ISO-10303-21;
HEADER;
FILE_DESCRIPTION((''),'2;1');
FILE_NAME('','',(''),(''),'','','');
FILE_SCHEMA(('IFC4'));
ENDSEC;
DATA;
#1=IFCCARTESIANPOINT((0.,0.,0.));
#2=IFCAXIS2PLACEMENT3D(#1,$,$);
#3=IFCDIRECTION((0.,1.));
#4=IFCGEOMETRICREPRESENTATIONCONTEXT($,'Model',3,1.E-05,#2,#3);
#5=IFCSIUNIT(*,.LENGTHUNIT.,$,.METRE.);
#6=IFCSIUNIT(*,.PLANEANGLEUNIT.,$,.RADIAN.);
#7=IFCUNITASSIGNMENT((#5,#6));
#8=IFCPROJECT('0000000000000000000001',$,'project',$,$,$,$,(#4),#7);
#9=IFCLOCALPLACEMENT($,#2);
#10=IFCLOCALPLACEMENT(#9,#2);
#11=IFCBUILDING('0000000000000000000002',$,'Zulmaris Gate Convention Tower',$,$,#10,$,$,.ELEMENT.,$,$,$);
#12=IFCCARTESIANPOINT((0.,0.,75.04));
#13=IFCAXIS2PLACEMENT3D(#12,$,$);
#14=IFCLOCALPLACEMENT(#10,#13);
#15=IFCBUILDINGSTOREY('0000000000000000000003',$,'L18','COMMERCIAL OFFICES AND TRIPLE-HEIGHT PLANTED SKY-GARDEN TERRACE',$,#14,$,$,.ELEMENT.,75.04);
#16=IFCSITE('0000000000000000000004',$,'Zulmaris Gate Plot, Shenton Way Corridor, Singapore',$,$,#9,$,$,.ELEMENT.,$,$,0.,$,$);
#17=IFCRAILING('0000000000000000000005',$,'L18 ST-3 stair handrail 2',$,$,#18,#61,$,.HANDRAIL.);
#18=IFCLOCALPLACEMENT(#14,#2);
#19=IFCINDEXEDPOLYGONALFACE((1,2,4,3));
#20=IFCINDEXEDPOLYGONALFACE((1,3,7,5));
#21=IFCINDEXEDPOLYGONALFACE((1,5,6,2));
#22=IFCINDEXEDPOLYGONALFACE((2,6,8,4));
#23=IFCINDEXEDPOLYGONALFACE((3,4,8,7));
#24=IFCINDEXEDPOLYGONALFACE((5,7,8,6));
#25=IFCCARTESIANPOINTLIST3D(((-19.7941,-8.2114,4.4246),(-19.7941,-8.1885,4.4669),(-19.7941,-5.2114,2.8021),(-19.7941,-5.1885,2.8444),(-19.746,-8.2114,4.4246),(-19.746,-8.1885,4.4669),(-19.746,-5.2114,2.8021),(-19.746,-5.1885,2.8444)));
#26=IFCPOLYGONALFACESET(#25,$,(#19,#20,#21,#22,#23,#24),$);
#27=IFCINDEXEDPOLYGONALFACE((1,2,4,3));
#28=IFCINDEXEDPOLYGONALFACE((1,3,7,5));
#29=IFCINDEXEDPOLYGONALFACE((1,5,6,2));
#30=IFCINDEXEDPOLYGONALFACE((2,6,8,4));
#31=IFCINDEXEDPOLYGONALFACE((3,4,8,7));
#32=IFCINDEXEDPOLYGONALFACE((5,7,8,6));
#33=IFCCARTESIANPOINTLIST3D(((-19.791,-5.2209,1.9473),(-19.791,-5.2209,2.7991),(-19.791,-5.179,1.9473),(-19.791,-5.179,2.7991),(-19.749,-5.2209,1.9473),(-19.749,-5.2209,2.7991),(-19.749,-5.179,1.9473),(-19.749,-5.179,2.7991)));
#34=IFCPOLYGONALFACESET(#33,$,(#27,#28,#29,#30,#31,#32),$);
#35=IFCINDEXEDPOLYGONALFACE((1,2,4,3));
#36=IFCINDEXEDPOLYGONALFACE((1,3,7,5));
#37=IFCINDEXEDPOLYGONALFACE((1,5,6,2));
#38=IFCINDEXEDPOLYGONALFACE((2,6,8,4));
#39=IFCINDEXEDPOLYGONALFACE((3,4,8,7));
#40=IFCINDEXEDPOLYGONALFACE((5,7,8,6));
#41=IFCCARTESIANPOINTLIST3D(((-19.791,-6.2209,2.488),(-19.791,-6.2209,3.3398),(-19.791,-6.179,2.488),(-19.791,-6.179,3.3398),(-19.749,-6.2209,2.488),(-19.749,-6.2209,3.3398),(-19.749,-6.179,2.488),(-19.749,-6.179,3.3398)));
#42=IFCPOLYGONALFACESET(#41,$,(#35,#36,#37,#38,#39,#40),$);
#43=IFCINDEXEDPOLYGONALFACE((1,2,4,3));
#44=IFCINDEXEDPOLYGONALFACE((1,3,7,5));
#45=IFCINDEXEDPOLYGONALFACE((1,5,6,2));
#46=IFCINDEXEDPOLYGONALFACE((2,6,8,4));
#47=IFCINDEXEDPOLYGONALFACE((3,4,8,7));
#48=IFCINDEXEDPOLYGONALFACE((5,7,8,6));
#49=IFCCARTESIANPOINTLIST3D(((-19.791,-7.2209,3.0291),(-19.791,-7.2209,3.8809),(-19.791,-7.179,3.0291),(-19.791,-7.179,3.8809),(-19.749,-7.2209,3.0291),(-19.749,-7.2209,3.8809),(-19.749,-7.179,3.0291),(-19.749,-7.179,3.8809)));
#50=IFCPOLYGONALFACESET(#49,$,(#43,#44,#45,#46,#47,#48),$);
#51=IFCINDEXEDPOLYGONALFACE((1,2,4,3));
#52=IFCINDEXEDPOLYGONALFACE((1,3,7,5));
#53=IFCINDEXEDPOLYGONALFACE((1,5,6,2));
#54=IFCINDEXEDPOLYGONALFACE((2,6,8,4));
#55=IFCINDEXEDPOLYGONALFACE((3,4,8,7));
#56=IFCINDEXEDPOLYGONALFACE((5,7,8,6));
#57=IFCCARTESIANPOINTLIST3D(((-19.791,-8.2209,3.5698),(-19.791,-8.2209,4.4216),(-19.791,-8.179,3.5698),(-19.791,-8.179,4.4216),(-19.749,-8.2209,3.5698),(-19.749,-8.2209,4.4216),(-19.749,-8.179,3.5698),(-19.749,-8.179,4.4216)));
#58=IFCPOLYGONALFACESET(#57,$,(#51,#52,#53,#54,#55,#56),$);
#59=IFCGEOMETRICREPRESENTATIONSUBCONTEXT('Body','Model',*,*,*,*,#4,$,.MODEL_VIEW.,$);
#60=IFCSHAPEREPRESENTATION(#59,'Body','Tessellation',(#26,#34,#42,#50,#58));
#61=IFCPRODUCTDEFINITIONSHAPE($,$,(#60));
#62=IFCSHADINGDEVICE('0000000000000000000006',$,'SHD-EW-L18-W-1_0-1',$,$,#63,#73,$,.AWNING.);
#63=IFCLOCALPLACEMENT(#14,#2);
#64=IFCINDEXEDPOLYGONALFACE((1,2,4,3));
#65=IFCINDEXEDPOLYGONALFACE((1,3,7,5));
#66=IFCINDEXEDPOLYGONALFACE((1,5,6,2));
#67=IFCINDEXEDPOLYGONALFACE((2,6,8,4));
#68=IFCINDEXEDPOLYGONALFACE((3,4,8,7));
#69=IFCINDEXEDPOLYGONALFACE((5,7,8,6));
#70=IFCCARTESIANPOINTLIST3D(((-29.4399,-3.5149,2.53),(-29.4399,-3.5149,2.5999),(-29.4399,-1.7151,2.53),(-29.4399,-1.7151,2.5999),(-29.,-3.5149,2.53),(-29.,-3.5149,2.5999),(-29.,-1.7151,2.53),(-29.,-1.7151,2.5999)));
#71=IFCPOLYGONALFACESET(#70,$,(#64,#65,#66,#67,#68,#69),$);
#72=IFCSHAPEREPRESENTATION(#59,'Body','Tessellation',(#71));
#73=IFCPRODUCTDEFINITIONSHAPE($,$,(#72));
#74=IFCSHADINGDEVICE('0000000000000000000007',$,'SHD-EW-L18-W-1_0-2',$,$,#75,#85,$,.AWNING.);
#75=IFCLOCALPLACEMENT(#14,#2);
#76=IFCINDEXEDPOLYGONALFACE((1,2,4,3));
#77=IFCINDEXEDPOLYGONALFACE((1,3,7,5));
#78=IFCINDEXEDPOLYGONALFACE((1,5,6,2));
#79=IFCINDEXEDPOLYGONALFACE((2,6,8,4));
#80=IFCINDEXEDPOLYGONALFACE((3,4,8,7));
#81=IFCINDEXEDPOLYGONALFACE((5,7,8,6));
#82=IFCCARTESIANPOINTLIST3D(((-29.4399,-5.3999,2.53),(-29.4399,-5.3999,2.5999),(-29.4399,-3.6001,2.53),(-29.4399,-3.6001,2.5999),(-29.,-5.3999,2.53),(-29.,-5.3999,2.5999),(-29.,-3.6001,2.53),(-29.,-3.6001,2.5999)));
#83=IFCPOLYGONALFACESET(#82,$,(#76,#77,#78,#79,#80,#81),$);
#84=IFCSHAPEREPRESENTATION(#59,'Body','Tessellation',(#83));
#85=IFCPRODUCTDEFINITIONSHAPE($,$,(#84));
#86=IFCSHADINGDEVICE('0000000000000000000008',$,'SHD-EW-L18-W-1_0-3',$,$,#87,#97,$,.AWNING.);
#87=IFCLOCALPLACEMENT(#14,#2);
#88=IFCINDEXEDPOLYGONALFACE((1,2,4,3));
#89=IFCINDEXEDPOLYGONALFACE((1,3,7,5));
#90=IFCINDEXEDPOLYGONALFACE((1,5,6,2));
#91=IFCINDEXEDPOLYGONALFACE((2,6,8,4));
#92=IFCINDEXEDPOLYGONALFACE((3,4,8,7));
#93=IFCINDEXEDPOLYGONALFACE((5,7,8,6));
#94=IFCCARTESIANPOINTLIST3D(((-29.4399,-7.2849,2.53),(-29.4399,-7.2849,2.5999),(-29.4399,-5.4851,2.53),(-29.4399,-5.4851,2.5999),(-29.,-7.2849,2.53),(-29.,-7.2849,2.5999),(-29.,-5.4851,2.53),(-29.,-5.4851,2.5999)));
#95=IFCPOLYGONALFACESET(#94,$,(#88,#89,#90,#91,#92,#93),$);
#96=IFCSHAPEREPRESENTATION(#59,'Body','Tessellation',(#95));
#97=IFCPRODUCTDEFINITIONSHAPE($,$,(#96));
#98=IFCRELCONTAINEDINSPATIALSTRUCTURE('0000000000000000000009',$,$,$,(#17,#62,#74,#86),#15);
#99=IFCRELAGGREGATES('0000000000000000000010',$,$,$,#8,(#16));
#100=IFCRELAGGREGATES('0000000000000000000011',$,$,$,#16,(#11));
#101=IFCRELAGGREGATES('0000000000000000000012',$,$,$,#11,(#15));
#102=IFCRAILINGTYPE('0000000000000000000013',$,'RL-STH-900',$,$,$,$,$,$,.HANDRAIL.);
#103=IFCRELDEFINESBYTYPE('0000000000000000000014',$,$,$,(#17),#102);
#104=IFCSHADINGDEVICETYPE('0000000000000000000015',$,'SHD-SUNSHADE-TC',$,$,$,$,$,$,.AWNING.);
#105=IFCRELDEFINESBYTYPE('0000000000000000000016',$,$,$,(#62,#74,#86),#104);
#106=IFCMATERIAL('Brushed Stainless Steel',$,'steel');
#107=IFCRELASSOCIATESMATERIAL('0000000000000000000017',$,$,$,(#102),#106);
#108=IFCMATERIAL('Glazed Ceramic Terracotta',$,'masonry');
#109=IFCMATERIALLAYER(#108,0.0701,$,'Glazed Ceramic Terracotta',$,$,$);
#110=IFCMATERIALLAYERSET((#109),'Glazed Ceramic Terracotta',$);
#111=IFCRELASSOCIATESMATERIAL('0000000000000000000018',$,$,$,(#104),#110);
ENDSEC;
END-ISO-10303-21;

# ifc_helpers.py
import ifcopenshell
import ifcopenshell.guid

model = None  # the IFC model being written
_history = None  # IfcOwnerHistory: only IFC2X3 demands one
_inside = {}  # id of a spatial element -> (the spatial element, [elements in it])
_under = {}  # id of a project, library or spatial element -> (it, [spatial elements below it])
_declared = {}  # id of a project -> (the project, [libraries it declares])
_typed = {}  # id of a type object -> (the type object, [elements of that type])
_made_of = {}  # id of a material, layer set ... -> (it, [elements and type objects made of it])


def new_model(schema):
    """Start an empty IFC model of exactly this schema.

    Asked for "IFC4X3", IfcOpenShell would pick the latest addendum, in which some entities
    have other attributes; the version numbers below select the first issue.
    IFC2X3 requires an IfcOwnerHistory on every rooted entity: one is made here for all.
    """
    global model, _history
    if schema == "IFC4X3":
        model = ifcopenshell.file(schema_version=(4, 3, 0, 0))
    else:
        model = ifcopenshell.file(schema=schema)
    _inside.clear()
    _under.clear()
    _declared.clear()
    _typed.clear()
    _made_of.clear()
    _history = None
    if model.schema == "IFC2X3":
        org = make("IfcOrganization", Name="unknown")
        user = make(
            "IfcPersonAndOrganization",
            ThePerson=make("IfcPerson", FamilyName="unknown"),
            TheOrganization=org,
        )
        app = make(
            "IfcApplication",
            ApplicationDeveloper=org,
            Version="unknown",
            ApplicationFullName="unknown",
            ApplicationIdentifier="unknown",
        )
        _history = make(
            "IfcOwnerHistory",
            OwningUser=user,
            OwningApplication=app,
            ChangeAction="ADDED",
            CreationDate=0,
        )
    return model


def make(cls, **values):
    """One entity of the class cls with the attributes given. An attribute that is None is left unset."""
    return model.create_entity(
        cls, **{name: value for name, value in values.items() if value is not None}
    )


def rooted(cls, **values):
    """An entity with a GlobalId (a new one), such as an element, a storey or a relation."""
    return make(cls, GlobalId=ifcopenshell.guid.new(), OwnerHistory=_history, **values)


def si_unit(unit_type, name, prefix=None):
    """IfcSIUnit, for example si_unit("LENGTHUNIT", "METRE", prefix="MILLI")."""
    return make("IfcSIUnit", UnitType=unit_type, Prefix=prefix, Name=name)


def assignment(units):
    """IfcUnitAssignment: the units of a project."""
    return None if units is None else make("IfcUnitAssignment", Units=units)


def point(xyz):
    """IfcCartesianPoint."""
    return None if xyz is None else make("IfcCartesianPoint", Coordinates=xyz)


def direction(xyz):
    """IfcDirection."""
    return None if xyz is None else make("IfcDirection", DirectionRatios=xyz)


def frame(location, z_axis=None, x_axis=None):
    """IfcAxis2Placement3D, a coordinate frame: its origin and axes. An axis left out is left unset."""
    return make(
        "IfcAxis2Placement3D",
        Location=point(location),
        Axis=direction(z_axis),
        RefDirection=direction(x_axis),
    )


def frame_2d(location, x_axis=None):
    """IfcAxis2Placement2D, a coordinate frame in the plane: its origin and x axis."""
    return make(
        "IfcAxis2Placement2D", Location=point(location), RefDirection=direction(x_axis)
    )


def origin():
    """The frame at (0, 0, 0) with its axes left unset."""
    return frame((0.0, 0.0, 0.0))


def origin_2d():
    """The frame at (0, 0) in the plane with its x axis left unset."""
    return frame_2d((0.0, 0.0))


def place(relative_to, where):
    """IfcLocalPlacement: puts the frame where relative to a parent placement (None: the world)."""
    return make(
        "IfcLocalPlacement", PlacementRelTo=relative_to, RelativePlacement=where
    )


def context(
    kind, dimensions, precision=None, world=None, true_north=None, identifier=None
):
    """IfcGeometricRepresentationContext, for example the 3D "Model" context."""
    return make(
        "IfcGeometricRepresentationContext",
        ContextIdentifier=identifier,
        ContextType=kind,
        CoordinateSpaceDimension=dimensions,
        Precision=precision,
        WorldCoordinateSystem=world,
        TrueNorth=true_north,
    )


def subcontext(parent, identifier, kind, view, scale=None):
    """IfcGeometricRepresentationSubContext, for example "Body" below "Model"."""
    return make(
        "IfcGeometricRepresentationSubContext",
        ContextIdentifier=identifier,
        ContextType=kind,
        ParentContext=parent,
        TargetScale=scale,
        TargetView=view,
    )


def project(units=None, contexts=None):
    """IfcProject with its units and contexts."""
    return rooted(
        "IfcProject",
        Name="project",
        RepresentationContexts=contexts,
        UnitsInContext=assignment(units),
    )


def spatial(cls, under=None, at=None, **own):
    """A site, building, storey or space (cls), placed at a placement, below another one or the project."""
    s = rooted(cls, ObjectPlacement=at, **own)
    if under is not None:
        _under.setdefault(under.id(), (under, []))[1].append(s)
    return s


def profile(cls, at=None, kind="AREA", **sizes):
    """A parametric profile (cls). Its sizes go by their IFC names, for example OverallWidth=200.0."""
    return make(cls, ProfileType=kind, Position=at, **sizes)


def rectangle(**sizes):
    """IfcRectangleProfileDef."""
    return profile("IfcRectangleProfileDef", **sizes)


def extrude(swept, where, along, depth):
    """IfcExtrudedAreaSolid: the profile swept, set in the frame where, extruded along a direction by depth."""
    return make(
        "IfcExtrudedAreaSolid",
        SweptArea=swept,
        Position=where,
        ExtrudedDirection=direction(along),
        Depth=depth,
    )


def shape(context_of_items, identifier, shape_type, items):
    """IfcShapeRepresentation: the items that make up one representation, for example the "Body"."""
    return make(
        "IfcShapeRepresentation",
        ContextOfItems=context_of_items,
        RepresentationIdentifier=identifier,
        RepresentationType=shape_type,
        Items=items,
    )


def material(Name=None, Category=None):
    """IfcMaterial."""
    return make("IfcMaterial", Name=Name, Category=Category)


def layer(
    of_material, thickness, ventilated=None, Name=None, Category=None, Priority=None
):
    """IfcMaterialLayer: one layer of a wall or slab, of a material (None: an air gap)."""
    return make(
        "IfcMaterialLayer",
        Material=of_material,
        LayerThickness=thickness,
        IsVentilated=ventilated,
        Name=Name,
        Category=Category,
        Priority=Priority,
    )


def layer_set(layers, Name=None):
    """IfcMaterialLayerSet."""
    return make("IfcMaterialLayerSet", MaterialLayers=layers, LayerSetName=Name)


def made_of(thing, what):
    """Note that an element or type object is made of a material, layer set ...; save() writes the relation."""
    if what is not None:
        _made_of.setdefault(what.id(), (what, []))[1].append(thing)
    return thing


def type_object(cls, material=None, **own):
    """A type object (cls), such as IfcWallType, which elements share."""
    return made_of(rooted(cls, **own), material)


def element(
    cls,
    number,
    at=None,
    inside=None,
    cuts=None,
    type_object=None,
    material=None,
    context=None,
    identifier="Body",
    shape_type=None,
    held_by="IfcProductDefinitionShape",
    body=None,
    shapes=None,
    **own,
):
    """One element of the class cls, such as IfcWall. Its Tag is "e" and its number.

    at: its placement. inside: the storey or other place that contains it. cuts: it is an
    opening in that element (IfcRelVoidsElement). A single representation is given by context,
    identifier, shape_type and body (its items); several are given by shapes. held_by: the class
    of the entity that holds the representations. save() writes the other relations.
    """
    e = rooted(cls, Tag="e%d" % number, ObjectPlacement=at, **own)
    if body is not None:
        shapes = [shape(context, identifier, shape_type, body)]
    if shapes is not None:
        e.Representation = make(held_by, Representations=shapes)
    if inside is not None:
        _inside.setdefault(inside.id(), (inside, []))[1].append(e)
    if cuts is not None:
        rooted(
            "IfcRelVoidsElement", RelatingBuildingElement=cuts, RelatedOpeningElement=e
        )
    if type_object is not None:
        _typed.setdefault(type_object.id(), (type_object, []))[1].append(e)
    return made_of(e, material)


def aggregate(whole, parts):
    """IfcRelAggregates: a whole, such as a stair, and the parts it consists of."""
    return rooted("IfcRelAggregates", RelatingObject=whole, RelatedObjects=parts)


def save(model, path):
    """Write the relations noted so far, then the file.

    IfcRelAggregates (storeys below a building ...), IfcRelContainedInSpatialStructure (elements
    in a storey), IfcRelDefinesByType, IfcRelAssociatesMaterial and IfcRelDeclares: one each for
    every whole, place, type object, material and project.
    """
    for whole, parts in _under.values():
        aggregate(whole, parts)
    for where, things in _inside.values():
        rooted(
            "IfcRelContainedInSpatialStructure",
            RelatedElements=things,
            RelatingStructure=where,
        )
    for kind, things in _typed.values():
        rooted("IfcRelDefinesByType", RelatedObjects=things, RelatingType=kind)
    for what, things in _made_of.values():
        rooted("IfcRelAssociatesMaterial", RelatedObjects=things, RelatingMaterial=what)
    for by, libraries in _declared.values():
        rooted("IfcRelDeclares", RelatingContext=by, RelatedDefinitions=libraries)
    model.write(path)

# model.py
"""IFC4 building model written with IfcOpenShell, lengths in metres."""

from ifc_helpers import new_model, si_unit, direction, frame, frame_2d, origin, origin_2d, place, context, subcontext, project, spatial, rectangle, extrude, material, layer, layer_set, type_object, element, save


model = new_model("IFC4")

# Units and contexts
model_context = context("Model", 3, precision=1e-05, world=origin(), true_north=direction((0.0, 1.0)))
body_context = subcontext(model_context, "Body", "Model", "MODEL_VIEW")
ifc_project = project(units=[si_unit("LENGTHUNIT", "METRE"), si_unit("PLANEANGLEUNIT", "RADIAN")], contexts=[model_context])

# Site, building, storey
site_placement = place(None, origin())
site = spatial("IfcSite", under=ifc_project, at=site_placement, Name="Zulmaris Gate Plot, Shenton Way Corridor, Singapore", CompositionType="ELEMENT", RefElevation=0.0)
building_placement = place(site_placement, origin())
building = spatial("IfcBuilding", under=site, at=building_placement, Name="Zulmaris Gate Convention Tower", CompositionType="ELEMENT")
storey_placement = place(building_placement, frame((0.0, 0.0, 75.04)))
storey = spatial("IfcBuildingStorey", under=building, at=storey_placement, Name="L18", Description="COMMERCIAL OFFICES AND TRIPLE-HEIGHT PLANTED SKY-GARDEN TERRACE", CompositionType="ELEMENT", Elevation=75.04)

# Shared definitions
ifc_material_1 = material(Name="Brushed Stainless Steel", Category="steel")

# Railing
railing_type_1 = type_object("IfcRailingType", Name="RL-STH-900", PredefinedType="HANDRAIL", material=ifc_material_1)
railing_1_placement = place(storey_placement, frame((-19.77, -5.2, 1.9473)))
element("IfcRailing", 1, at=railing_1_placement, inside=storey, type_object=railing_type_1, Name="L18 ST-3 stair handrail 2", PredefinedType="HANDRAIL", context=body_context, shape_type="SweptSolid", body=[
    extrude(rectangle(XDim=0.0481, YDim=0.0481, at=origin_2d()), frame((0.0, 0.0, 0.876), z_axis=(0.0, -0.879592, 0.47573), x_axis=(1.0, 0.0, 0.0)), (0.0, 0.0, 1.0), 3.4106),
    extrude(rectangle(XDim=0.042, YDim=0.042, at=origin_2d()), origin(), (0.0, 0.0, 1.0), 0.8518),
    extrude(rectangle(XDim=0.042, YDim=0.042, at=origin_2d()), frame((0.0, -1.0, 0.5408)), (0.0, 0.0, 1.0), 0.8518),
    extrude(rectangle(XDim=0.042, YDim=0.042, at=origin_2d()), frame((0.0, -2.0, 1.0818)), (0.0, 0.0, 1.0), 0.8518),
    extrude(rectangle(XDim=0.042, YDim=0.042, at=origin_2d()), frame((0.0, -3.0, 1.6226)), (0.0, 0.0, 1.0), 0.8518),
])

# Shading devices
ifc_material_2 = material(Name="Glazed Ceramic Terracotta", Category="masonry")
ifc_layer_1 = layer(ifc_material_2, 0.0701, Name="Glazed Ceramic Terracotta")
ifc_layer_set_1 = layer_set([ifc_layer_1], Name="Glazed Ceramic Terracotta")
shading_device_type = type_object("IfcShadingDeviceType", Name="SHD-SUNSHADE-TC", PredefinedType="AWNING", material=ifc_layer_set_1)
for number, where, z_axis, x_axis, name in (
    (2, (-29.22, -1.7151, 2.53), (0.0, 0.0, 1.0), (0.0, -1.0, 0.0), "SHD-EW-L18-W-1_0-1"),
    (3, (-29.22, -3.6001, 2.53), (0.0, 0.0, 1.0), (0.0, -1.0, 0.0), "SHD-EW-L18-W-1_0-2"),
    (4, (-29.22, -5.4851, 2.53), (0.0, 0.0, 1.0), (0.0, -1.0, 0.0), "SHD-EW-L18-W-1_0-3"),
):
    element("IfcShadingDevice", number, at=place(storey_placement, frame(where, z_axis=z_axis, x_axis=x_axis)), inside=storey, type_object=shading_device_type, Name=name, PredefinedType="AWNING", context=body_context, shape_type="SweptSolid", body=[
        extrude(rectangle(XDim=1.7998, YDim=0.4399, at=frame_2d((0.8999, 0.0))), origin(), (0.0, 0.0, 1.0), 0.0698),
    ])

save(model, "model.ifc")
